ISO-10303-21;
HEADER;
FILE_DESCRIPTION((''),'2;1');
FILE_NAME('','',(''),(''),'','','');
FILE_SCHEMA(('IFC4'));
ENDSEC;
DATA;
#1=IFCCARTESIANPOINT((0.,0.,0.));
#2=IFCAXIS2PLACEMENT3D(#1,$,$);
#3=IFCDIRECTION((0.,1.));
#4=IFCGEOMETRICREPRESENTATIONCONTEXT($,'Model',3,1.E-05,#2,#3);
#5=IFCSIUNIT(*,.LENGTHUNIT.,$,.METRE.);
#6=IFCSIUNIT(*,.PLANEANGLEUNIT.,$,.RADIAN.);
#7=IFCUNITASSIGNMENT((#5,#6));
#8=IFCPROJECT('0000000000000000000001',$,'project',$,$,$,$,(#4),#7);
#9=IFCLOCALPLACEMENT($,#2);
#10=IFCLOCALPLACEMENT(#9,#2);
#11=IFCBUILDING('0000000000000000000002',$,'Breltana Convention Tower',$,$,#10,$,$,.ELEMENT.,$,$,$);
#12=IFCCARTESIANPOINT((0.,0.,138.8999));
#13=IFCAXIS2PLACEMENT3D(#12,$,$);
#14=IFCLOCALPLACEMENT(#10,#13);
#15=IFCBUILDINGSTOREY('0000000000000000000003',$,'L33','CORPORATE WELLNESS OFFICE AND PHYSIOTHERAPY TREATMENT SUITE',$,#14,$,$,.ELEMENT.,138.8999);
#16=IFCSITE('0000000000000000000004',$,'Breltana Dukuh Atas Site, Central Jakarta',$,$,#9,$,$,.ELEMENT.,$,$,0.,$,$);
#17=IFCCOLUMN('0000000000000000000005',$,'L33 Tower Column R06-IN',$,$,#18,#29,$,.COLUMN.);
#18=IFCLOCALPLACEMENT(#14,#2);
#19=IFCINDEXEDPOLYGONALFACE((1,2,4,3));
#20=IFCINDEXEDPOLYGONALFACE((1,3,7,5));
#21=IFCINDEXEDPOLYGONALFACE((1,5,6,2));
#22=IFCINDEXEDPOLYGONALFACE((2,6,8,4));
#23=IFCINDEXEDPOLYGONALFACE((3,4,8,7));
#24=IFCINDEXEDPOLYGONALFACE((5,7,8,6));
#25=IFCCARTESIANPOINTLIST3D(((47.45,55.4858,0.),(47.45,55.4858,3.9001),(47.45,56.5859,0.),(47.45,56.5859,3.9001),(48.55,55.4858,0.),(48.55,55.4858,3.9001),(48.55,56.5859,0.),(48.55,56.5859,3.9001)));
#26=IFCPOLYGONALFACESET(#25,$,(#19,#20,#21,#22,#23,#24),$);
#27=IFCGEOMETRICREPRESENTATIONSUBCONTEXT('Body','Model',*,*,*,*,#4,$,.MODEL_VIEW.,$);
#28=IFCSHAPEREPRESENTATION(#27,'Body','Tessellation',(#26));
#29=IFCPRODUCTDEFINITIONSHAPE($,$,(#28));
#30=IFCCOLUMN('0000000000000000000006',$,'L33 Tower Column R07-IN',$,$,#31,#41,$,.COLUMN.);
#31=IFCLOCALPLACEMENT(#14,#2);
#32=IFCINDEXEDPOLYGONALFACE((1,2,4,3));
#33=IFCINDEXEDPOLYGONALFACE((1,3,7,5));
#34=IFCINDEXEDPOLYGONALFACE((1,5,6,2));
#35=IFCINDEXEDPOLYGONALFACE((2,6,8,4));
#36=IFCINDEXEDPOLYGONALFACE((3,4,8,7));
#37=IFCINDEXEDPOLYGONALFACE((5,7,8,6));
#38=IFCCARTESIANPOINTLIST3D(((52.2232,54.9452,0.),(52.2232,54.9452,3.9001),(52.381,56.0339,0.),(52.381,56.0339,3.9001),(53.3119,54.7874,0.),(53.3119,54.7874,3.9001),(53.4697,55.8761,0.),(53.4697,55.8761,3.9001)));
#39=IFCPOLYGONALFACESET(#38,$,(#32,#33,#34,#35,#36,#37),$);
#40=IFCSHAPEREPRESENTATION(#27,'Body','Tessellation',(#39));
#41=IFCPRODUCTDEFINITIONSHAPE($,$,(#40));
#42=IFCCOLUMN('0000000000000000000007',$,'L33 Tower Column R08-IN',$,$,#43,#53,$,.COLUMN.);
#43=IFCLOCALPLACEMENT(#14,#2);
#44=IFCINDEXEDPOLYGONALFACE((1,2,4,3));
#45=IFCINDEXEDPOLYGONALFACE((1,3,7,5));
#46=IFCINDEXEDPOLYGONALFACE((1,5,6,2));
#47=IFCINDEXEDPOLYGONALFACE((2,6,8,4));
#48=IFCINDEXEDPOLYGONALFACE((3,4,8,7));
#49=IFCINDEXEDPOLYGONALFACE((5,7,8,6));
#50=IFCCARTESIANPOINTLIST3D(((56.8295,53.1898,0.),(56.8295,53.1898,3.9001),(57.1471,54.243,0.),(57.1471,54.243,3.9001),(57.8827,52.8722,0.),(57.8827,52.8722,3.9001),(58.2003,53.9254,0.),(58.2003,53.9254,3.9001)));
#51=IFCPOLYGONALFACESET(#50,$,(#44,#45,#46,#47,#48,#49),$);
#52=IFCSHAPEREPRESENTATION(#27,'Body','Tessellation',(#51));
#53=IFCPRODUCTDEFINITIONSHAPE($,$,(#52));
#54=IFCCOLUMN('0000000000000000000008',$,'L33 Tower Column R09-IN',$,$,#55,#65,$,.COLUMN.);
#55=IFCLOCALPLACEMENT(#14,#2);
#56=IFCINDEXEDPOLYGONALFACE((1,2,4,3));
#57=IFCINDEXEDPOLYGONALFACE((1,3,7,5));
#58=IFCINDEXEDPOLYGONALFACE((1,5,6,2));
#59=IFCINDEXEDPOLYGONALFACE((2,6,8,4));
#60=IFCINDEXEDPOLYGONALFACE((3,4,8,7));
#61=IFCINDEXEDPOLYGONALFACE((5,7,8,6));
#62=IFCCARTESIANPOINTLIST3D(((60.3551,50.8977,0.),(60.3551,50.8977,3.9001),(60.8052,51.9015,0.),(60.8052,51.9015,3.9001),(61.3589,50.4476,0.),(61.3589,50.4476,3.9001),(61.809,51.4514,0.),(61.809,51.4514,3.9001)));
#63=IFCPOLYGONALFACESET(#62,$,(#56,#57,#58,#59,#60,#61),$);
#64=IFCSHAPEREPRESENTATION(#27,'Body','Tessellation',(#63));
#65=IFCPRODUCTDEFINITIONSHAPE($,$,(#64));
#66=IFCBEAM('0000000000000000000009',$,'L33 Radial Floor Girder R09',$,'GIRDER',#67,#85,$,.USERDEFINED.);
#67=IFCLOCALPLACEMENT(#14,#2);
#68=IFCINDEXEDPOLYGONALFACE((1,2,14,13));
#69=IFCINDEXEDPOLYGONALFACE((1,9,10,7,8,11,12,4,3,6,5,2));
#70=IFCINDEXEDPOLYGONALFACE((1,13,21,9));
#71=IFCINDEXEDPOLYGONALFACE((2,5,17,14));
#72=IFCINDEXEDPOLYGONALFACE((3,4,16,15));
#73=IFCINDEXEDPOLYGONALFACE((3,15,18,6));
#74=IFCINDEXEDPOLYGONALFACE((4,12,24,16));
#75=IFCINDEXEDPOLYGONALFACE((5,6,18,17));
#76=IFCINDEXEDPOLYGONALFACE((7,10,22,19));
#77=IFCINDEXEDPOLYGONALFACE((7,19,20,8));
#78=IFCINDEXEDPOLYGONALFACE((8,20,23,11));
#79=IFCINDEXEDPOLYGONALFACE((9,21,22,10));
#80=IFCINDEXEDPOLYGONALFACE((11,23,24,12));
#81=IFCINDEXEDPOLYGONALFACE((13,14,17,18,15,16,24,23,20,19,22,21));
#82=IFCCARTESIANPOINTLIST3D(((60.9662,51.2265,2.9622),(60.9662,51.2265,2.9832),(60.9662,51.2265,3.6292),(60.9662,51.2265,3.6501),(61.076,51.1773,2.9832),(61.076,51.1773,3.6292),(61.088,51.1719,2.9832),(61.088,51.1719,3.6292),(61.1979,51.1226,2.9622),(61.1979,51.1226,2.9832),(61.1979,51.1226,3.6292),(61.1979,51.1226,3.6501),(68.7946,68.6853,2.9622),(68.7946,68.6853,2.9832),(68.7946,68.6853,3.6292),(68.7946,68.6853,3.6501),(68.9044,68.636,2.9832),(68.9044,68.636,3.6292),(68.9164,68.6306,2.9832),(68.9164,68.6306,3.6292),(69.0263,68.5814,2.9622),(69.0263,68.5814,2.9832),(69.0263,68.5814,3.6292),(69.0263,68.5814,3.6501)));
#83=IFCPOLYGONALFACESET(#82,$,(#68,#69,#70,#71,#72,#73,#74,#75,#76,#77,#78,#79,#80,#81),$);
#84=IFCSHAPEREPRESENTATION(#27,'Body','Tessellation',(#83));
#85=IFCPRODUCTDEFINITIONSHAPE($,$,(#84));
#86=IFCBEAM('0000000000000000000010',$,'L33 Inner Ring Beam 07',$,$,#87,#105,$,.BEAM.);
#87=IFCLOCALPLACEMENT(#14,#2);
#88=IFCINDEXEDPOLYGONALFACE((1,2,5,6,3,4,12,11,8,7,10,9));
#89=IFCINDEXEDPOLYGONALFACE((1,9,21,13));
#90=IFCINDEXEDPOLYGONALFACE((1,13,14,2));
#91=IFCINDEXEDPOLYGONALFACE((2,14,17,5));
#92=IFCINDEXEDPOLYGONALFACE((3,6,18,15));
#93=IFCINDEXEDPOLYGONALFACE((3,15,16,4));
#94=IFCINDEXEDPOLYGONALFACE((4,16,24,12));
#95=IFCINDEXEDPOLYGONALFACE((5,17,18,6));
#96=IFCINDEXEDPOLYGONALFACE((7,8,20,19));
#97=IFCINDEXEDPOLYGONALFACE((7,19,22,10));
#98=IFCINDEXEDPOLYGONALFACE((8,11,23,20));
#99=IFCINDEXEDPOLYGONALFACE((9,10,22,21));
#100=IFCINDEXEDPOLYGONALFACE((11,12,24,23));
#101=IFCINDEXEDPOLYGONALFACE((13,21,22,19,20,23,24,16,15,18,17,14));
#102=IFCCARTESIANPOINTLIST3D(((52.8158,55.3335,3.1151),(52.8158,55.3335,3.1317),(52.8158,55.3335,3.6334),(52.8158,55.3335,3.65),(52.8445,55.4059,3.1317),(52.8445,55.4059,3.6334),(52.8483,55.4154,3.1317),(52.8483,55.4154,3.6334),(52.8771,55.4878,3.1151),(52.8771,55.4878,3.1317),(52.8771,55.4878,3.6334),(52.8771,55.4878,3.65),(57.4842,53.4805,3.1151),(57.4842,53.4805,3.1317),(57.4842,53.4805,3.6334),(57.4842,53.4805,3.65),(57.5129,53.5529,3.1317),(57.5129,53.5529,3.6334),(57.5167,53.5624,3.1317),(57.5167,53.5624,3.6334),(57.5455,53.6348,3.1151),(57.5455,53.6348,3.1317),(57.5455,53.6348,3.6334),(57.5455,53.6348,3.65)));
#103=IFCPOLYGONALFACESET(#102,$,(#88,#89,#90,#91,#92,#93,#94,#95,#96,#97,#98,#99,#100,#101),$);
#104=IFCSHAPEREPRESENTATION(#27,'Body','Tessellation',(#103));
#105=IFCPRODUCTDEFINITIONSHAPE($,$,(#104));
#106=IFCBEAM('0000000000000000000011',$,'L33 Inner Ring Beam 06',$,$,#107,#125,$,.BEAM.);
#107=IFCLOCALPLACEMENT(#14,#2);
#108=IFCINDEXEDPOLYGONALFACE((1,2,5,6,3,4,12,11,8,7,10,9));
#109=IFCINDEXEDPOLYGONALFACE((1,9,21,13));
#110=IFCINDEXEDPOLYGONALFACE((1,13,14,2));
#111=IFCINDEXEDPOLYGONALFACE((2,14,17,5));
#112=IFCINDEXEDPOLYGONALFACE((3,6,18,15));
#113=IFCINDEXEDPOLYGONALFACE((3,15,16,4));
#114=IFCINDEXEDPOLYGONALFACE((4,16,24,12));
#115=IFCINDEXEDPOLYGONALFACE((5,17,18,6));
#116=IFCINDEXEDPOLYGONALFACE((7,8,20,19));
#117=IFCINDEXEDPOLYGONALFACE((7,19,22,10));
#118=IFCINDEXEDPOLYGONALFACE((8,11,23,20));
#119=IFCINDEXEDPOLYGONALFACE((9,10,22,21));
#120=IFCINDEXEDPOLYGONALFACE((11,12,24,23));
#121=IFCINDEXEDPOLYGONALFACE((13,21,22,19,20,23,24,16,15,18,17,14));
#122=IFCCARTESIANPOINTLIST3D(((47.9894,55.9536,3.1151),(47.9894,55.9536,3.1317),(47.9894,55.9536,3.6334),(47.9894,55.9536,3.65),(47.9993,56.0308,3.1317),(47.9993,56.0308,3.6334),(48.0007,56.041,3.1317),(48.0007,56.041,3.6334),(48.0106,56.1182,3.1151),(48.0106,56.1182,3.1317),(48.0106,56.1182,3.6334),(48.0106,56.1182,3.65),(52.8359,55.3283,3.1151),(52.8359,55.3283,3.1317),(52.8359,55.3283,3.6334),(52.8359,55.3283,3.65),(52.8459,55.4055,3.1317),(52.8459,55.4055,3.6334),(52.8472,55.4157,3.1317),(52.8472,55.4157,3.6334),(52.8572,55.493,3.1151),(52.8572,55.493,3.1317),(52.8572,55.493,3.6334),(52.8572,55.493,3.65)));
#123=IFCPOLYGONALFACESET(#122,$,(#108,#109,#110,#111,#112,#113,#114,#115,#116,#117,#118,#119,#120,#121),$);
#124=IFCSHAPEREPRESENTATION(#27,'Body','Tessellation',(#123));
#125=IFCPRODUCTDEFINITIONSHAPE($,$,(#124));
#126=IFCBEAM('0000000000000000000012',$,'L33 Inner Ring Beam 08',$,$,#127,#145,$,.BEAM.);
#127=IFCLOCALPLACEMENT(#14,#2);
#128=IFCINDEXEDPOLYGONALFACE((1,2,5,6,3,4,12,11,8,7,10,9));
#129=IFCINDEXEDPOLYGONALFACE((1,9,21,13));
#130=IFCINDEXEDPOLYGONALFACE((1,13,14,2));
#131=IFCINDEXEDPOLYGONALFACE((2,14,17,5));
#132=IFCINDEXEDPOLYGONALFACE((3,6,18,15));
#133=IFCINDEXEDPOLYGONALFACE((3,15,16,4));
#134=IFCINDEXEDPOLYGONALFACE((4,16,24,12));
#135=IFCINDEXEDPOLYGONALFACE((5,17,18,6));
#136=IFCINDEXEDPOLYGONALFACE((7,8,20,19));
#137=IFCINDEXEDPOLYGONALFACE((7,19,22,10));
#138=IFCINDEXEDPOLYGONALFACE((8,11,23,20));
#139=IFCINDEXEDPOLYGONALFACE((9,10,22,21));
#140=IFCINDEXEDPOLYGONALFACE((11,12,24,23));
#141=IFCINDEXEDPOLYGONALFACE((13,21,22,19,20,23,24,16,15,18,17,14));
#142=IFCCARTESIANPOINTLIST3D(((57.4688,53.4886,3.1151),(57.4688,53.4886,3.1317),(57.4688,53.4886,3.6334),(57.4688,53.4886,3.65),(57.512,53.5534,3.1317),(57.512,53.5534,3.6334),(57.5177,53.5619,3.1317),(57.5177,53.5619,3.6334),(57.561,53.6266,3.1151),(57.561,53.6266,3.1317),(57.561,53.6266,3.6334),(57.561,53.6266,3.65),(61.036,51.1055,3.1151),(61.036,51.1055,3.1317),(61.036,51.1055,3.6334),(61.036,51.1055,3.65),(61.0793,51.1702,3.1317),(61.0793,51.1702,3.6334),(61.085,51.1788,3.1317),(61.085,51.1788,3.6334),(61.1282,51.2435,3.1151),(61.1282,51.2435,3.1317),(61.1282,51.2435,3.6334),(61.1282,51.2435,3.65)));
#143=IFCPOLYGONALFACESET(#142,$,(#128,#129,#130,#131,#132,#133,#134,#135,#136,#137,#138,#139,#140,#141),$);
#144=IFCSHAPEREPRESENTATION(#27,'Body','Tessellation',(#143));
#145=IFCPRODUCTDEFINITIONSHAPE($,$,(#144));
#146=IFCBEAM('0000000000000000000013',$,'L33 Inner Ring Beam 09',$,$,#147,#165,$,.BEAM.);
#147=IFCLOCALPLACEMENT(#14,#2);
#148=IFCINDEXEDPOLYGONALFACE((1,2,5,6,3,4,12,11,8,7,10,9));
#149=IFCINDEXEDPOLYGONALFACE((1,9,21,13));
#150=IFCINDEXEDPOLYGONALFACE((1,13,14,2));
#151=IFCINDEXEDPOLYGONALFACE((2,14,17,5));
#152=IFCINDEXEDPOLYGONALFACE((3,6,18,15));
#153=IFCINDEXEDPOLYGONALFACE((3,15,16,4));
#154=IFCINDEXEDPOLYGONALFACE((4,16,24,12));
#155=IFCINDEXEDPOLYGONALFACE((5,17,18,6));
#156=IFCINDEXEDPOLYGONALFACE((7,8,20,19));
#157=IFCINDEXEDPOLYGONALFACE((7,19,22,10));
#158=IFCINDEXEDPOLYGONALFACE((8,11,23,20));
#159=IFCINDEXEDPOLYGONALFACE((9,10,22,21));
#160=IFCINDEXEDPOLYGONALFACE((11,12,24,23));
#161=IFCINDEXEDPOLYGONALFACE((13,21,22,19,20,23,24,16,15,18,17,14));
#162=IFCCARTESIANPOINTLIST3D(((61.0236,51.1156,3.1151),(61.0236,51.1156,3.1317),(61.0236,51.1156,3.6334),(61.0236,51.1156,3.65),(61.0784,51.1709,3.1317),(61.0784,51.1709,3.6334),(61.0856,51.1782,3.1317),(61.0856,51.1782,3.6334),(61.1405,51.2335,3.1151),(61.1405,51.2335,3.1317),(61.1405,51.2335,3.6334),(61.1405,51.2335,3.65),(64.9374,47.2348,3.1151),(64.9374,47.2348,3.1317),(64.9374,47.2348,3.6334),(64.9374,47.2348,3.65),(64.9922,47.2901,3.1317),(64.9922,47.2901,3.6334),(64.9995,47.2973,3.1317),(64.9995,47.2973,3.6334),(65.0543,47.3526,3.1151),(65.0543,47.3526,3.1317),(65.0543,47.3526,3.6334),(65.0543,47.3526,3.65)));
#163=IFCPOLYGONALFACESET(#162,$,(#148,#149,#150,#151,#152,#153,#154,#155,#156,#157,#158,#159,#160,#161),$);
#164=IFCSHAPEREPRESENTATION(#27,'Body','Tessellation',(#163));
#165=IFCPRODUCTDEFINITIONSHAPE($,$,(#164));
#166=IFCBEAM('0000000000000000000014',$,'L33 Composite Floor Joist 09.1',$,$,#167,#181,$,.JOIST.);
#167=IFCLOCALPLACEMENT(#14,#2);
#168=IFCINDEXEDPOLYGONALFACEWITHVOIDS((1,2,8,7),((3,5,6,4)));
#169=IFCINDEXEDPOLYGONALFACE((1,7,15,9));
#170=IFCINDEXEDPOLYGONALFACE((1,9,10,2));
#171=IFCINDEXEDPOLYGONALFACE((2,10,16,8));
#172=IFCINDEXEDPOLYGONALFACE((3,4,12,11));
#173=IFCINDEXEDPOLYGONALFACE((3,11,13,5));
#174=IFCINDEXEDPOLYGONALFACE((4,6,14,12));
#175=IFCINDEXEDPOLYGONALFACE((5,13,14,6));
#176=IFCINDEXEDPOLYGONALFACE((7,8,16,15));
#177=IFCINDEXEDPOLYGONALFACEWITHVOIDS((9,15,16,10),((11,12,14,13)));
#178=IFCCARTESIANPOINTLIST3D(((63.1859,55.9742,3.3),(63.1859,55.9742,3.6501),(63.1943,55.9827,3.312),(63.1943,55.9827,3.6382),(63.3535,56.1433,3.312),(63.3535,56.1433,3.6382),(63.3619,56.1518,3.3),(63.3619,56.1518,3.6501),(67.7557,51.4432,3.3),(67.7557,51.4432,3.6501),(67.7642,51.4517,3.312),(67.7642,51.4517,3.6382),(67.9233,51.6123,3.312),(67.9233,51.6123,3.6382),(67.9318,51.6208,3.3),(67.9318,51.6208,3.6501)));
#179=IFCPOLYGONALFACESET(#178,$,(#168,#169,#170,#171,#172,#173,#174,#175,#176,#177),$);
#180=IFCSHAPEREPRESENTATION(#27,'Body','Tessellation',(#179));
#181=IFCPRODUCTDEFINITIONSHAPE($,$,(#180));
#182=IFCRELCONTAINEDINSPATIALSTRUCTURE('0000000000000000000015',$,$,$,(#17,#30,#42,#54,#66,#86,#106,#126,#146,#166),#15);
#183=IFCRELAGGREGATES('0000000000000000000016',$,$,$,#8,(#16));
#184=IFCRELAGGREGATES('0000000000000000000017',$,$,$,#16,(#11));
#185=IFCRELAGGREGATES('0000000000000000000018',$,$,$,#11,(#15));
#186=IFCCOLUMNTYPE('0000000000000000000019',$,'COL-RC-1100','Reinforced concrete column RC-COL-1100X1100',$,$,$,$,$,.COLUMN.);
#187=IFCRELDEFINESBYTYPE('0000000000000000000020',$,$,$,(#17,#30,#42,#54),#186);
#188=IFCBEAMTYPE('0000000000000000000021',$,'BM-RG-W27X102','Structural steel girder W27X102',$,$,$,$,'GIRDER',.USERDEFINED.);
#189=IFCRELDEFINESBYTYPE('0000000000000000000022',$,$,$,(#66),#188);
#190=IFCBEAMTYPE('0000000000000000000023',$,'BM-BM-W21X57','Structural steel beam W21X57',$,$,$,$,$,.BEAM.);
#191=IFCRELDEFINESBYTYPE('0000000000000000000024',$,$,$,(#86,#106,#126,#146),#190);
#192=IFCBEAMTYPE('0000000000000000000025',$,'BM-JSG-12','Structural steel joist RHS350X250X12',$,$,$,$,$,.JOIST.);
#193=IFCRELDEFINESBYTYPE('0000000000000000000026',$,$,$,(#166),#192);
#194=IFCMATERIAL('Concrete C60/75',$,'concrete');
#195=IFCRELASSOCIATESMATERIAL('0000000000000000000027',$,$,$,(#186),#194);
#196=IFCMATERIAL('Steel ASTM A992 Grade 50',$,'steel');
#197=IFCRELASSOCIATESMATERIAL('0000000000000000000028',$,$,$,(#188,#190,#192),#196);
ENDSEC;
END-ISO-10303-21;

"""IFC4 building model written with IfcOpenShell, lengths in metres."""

from ifc_helpers import new_model, si_unit, direction, frame, origin, origin_2d, place, context, subcontext, project, spatial, rectangle, hollow_rectangle, i_section, extrude, source, transform, mapped, material, material_profile, profile_set, type_object, element, save


model = new_model("IFC4")

# Units and contexts
model_context = context("Model", 3, precision=1e-05, world=origin(), true_north=direction((0.0, 1.0)))
body_context = subcontext(model_context, "Body", "Model", "MODEL_VIEW")
ifc_project = project(units=[si_unit("LENGTHUNIT", "METRE"), si_unit("PLANEANGLEUNIT", "RADIAN")], contexts=[model_context])

# Site, building, storey
site_placement = place(None, origin())
site = spatial("IfcSite", under=ifc_project, at=site_placement, Name="Breltana Dukuh Atas Site, Central Jakarta", CompositionType="ELEMENT", RefElevation=0.0)
building_placement = place(site_placement, origin())
building = spatial("IfcBuilding", under=site, at=building_placement, Name="Breltana Convention Tower", CompositionType="ELEMENT")
storey_placement = place(building_placement, frame((0.0, 0.0, 138.8999)))
storey = spatial("IfcBuildingStorey", under=building, at=storey_placement, Name="L33", Description="CORPORATE WELLNESS OFFICE AND PHYSIOTHERAPY TREATMENT SUITE", CompositionType="ELEMENT", Elevation=138.8999)

# Columns
ifc_material_1 = material(Name="Concrete C60/75", Category="concrete")
ifc_material_profile_1 = material_profile(ifc_material_1, rectangle(XDim=1.1001, YDim=1.1001, at=origin_2d()), Name="RC-COL-1100X1100")
ifc_profile_set_1 = profile_set([ifc_material_profile_1], Name="Concrete C60/75")
column_type = type_object("IfcColumnType", Name="COL-RC-1100", Description="Reinforced concrete column RC-COL-1100X1100", PredefinedType="COLUMN", material=ifc_profile_set_1)
shared_shape_1 = source(origin(), body_context, "Body", "SweptSolid", [
    extrude(rectangle(XDim=1.1001, YDim=1.1001, at=origin_2d()), origin(), (0.0, 0.0, 1.0), 3.9001),
])
for number, where, z_axis, x_axis, name in (
    (1, (48.0, 56.0359, 0.0), (0.0, 0.0, 1.0), (0.0, 1.0, 0.0), "L33 Tower Column R06-IN"),
    (2, (52.8464, 55.4106, 0.0), (0.0, 0.0, 1.0), (0.143493, 0.989651, 0.0), "L33 Tower Column R07-IN"),
    (3, (57.5149, 53.5576, 0.0), (0.0, 0.0, 1.0), (0.288698, 0.95742, 0.0), "L33 Tower Column R08-IN"),
    (4, (61.082, 51.1746, 0.0), (0.0, 0.0, 1.0), (0.409127, 0.912477, 0.0), "L33 Tower Column R09-IN"),
):
    element("IfcColumn", number, at=place(storey_placement, frame(where, z_axis=z_axis, x_axis=x_axis)), inside=storey, type_object=column_type, Name=name, PredefinedType="COLUMN", context=body_context, shape_type="MappedRepresentation", body=[
        mapped(shared_shape_1, transform((0.0, 0.0, 0.0), scale=1.0)),
    ])

# Beams
ifc_material_2 = material(Name="Steel ASTM A992 Grade 50", Category="steel")
ifc_material_profile_2 = material_profile(ifc_material_2, i_section(OverallWidth=0.2539, OverallDepth=0.688, WebThickness=0.0132, FlangeThickness=0.021, at=origin_2d()), Name="W27X102")
ifc_profile_set_2 = profile_set([ifc_material_profile_2], Name="Steel ASTM A992 Grade 50")
beam_type_1 = type_object("IfcBeamType", Name="BM-RG-W27X102", Description="Structural steel girder W27X102", ElementType="GIRDER", PredefinedType="USERDEFINED", material=ifc_profile_set_2)
shared_shape_2 = source(origin(), body_context, "Body", "SweptSolid", [
    extrude(i_section(OverallWidth=0.2539, OverallDepth=0.688, WebThickness=0.0132, FlangeThickness=0.021, at=origin_2d()), origin(), (0.0, 0.0, 1.0), 19.1335),
])
beam_1_placement = place(storey_placement, frame((61.082, 51.1746, 3.3062), z_axis=(0.409145, 0.91247, 0.0), x_axis=(-0.91247, 0.409145, 0.0)))
element("IfcBeam", 5, at=beam_1_placement, inside=storey, type_object=beam_type_1, Name="L33 Radial Floor Girder R09", ObjectType="GIRDER", PredefinedType="USERDEFINED", context=body_context, shape_type="MappedRepresentation", body=[
    mapped(shared_shape_2, transform((0.0, 0.0, 0.0), scale=1.0)),
])
ifc_material_profile_3 = material_profile(ifc_material_2, i_section(OverallWidth=0.166, OverallDepth=0.5349, WebThickness=0.0103, FlangeThickness=0.0166, at=origin_2d()), Name="W21X57")
ifc_profile_set_3 = profile_set([ifc_material_profile_3], Name="Steel ASTM A992 Grade 50")
beam_type_2 = type_object("IfcBeamType", Name="BM-BM-W21X57", Description="Structural steel beam W21X57", PredefinedType="BEAM", material=ifc_profile_set_3)
shared_shape_3 = source(origin(), body_context, "Body", "SweptSolid", [
    extrude(i_section(OverallWidth=0.166, OverallDepth=0.5349, WebThickness=0.0103, FlangeThickness=0.0166, at=origin_2d()), origin(), (0.0, 0.0, 1.0), 5.0227),
])
beam_2_placement = place(storey_placement, frame((52.8464, 55.4106, 3.3826), z_axis=(0.929459, -0.368926, 0.0), x_axis=(0.368926, 0.929459, 0.0)))
element("IfcBeam", 6, at=beam_2_placement, inside=storey, type_object=beam_type_2, Name="L33 Inner Ring Beam 07", PredefinedType="BEAM", context=body_context, shape_type="MappedRepresentation", body=[
    mapped(shared_shape_3, transform((0.0, 0.0, 0.0), scale=1.0)),
])
shared_shape_4 = source(origin(), body_context, "Body", "SweptSolid", [
    extrude(i_section(OverallWidth=0.166, OverallDepth=0.5349, WebThickness=0.0103, FlangeThickness=0.0166, at=origin_2d()), origin(), (0.0, 0.0, 1.0), 4.8867),
])
beam_3_placement = place(storey_placement, frame((48.0, 56.0359, 3.3826), z_axis=(0.991781, -0.127951, 0.0), x_axis=(0.127951, 0.991781, 0.0)))
element("IfcBeam", 7, at=beam_3_placement, inside=storey, type_object=beam_type_2, Name="L33 Inner Ring Beam 06", PredefinedType="BEAM", context=body_context, shape_type="MappedRepresentation", body=[
    mapped(shared_shape_4, transform((0.0, 0.0, 0.0), scale=1.0)),
])
shared_shape_5 = source(origin(), body_context, "Body", "SweptSolid", [
    extrude(i_section(OverallWidth=0.166, OverallDepth=0.5349, WebThickness=0.0103, FlangeThickness=0.0166, at=origin_2d()), origin(), (0.0, 0.0, 1.0), 4.29),
])
beam_4_placement = place(storey_placement, frame((57.5149, 53.5576, 3.3826), z_axis=(0.831516, -0.555501, 0.0), x_axis=(0.555501, 0.831516, 0.0)))
element("IfcBeam", 8, at=beam_4_placement, inside=storey, type_object=beam_type_2, Name="L33 Inner Ring Beam 08", PredefinedType="BEAM", context=body_context, shape_type="MappedRepresentation", body=[
    mapped(shared_shape_5, transform((0.0, 0.0, 0.0), scale=1.0)),
])
shared_shape_6 = source(origin(), body_context, "Body", "SweptSolid", [
    extrude(i_section(OverallWidth=0.166, OverallDepth=0.5349, WebThickness=0.0103, FlangeThickness=0.0166, at=origin_2d()), origin(), (0.0, 0.0, 1.0), 5.5117),
])
beam_5_placement = place(storey_placement, frame((61.082, 51.1746, 3.3826), z_axis=(0.71009, -0.704111, 0.0), x_axis=(0.704111, 0.71009, 0.0)))
element("IfcBeam", 9, at=beam_5_placement, inside=storey, type_object=beam_type_2, Name="L33 Inner Ring Beam 09", PredefinedType="BEAM", context=body_context, shape_type="MappedRepresentation", body=[
    mapped(shared_shape_6, transform((0.0, 0.0, 0.0), scale=1.0)),
])
ifc_material_profile_4 = material_profile(ifc_material_2, hollow_rectangle(XDim=0.25, YDim=0.3501, WallThickness=0.012, at=origin_2d()), Name="RHS350X250X12")
ifc_profile_set_4 = profile_set([ifc_material_profile_4], Name="Steel ASTM A992 Grade 50")
beam_type_3 = type_object("IfcBeamType", Name="BM-JSG-12", Description="Structural steel joist RHS350X250X12", PredefinedType="JOIST", material=ifc_profile_set_4)
shared_shape_7 = source(origin(), body_context, "Body", "SweptSolid", [
    extrude(hollow_rectangle(XDim=0.25, YDim=0.3501, WallThickness=0.012, at=origin_2d()), origin(), (0.0, 0.0, 1.0), 6.4353),
])
beam_6_placement = place(storey_placement, frame((63.2739, 56.063, 3.4751), z_axis=(0.710116, -0.704084, 0.0), x_axis=(0.704084, 0.710116, 0.0)))
element("IfcBeam", 10, at=beam_6_placement, inside=storey, type_object=beam_type_3, Name="L33 Composite Floor Joist 09.1", PredefinedType="JOIST", context=body_context, shape_type="MappedRepresentation", body=[
    mapped(shared_shape_7, transform((0.0, 0.0, 0.0), scale=1.0)),
])

save(model, "model.ifc")
